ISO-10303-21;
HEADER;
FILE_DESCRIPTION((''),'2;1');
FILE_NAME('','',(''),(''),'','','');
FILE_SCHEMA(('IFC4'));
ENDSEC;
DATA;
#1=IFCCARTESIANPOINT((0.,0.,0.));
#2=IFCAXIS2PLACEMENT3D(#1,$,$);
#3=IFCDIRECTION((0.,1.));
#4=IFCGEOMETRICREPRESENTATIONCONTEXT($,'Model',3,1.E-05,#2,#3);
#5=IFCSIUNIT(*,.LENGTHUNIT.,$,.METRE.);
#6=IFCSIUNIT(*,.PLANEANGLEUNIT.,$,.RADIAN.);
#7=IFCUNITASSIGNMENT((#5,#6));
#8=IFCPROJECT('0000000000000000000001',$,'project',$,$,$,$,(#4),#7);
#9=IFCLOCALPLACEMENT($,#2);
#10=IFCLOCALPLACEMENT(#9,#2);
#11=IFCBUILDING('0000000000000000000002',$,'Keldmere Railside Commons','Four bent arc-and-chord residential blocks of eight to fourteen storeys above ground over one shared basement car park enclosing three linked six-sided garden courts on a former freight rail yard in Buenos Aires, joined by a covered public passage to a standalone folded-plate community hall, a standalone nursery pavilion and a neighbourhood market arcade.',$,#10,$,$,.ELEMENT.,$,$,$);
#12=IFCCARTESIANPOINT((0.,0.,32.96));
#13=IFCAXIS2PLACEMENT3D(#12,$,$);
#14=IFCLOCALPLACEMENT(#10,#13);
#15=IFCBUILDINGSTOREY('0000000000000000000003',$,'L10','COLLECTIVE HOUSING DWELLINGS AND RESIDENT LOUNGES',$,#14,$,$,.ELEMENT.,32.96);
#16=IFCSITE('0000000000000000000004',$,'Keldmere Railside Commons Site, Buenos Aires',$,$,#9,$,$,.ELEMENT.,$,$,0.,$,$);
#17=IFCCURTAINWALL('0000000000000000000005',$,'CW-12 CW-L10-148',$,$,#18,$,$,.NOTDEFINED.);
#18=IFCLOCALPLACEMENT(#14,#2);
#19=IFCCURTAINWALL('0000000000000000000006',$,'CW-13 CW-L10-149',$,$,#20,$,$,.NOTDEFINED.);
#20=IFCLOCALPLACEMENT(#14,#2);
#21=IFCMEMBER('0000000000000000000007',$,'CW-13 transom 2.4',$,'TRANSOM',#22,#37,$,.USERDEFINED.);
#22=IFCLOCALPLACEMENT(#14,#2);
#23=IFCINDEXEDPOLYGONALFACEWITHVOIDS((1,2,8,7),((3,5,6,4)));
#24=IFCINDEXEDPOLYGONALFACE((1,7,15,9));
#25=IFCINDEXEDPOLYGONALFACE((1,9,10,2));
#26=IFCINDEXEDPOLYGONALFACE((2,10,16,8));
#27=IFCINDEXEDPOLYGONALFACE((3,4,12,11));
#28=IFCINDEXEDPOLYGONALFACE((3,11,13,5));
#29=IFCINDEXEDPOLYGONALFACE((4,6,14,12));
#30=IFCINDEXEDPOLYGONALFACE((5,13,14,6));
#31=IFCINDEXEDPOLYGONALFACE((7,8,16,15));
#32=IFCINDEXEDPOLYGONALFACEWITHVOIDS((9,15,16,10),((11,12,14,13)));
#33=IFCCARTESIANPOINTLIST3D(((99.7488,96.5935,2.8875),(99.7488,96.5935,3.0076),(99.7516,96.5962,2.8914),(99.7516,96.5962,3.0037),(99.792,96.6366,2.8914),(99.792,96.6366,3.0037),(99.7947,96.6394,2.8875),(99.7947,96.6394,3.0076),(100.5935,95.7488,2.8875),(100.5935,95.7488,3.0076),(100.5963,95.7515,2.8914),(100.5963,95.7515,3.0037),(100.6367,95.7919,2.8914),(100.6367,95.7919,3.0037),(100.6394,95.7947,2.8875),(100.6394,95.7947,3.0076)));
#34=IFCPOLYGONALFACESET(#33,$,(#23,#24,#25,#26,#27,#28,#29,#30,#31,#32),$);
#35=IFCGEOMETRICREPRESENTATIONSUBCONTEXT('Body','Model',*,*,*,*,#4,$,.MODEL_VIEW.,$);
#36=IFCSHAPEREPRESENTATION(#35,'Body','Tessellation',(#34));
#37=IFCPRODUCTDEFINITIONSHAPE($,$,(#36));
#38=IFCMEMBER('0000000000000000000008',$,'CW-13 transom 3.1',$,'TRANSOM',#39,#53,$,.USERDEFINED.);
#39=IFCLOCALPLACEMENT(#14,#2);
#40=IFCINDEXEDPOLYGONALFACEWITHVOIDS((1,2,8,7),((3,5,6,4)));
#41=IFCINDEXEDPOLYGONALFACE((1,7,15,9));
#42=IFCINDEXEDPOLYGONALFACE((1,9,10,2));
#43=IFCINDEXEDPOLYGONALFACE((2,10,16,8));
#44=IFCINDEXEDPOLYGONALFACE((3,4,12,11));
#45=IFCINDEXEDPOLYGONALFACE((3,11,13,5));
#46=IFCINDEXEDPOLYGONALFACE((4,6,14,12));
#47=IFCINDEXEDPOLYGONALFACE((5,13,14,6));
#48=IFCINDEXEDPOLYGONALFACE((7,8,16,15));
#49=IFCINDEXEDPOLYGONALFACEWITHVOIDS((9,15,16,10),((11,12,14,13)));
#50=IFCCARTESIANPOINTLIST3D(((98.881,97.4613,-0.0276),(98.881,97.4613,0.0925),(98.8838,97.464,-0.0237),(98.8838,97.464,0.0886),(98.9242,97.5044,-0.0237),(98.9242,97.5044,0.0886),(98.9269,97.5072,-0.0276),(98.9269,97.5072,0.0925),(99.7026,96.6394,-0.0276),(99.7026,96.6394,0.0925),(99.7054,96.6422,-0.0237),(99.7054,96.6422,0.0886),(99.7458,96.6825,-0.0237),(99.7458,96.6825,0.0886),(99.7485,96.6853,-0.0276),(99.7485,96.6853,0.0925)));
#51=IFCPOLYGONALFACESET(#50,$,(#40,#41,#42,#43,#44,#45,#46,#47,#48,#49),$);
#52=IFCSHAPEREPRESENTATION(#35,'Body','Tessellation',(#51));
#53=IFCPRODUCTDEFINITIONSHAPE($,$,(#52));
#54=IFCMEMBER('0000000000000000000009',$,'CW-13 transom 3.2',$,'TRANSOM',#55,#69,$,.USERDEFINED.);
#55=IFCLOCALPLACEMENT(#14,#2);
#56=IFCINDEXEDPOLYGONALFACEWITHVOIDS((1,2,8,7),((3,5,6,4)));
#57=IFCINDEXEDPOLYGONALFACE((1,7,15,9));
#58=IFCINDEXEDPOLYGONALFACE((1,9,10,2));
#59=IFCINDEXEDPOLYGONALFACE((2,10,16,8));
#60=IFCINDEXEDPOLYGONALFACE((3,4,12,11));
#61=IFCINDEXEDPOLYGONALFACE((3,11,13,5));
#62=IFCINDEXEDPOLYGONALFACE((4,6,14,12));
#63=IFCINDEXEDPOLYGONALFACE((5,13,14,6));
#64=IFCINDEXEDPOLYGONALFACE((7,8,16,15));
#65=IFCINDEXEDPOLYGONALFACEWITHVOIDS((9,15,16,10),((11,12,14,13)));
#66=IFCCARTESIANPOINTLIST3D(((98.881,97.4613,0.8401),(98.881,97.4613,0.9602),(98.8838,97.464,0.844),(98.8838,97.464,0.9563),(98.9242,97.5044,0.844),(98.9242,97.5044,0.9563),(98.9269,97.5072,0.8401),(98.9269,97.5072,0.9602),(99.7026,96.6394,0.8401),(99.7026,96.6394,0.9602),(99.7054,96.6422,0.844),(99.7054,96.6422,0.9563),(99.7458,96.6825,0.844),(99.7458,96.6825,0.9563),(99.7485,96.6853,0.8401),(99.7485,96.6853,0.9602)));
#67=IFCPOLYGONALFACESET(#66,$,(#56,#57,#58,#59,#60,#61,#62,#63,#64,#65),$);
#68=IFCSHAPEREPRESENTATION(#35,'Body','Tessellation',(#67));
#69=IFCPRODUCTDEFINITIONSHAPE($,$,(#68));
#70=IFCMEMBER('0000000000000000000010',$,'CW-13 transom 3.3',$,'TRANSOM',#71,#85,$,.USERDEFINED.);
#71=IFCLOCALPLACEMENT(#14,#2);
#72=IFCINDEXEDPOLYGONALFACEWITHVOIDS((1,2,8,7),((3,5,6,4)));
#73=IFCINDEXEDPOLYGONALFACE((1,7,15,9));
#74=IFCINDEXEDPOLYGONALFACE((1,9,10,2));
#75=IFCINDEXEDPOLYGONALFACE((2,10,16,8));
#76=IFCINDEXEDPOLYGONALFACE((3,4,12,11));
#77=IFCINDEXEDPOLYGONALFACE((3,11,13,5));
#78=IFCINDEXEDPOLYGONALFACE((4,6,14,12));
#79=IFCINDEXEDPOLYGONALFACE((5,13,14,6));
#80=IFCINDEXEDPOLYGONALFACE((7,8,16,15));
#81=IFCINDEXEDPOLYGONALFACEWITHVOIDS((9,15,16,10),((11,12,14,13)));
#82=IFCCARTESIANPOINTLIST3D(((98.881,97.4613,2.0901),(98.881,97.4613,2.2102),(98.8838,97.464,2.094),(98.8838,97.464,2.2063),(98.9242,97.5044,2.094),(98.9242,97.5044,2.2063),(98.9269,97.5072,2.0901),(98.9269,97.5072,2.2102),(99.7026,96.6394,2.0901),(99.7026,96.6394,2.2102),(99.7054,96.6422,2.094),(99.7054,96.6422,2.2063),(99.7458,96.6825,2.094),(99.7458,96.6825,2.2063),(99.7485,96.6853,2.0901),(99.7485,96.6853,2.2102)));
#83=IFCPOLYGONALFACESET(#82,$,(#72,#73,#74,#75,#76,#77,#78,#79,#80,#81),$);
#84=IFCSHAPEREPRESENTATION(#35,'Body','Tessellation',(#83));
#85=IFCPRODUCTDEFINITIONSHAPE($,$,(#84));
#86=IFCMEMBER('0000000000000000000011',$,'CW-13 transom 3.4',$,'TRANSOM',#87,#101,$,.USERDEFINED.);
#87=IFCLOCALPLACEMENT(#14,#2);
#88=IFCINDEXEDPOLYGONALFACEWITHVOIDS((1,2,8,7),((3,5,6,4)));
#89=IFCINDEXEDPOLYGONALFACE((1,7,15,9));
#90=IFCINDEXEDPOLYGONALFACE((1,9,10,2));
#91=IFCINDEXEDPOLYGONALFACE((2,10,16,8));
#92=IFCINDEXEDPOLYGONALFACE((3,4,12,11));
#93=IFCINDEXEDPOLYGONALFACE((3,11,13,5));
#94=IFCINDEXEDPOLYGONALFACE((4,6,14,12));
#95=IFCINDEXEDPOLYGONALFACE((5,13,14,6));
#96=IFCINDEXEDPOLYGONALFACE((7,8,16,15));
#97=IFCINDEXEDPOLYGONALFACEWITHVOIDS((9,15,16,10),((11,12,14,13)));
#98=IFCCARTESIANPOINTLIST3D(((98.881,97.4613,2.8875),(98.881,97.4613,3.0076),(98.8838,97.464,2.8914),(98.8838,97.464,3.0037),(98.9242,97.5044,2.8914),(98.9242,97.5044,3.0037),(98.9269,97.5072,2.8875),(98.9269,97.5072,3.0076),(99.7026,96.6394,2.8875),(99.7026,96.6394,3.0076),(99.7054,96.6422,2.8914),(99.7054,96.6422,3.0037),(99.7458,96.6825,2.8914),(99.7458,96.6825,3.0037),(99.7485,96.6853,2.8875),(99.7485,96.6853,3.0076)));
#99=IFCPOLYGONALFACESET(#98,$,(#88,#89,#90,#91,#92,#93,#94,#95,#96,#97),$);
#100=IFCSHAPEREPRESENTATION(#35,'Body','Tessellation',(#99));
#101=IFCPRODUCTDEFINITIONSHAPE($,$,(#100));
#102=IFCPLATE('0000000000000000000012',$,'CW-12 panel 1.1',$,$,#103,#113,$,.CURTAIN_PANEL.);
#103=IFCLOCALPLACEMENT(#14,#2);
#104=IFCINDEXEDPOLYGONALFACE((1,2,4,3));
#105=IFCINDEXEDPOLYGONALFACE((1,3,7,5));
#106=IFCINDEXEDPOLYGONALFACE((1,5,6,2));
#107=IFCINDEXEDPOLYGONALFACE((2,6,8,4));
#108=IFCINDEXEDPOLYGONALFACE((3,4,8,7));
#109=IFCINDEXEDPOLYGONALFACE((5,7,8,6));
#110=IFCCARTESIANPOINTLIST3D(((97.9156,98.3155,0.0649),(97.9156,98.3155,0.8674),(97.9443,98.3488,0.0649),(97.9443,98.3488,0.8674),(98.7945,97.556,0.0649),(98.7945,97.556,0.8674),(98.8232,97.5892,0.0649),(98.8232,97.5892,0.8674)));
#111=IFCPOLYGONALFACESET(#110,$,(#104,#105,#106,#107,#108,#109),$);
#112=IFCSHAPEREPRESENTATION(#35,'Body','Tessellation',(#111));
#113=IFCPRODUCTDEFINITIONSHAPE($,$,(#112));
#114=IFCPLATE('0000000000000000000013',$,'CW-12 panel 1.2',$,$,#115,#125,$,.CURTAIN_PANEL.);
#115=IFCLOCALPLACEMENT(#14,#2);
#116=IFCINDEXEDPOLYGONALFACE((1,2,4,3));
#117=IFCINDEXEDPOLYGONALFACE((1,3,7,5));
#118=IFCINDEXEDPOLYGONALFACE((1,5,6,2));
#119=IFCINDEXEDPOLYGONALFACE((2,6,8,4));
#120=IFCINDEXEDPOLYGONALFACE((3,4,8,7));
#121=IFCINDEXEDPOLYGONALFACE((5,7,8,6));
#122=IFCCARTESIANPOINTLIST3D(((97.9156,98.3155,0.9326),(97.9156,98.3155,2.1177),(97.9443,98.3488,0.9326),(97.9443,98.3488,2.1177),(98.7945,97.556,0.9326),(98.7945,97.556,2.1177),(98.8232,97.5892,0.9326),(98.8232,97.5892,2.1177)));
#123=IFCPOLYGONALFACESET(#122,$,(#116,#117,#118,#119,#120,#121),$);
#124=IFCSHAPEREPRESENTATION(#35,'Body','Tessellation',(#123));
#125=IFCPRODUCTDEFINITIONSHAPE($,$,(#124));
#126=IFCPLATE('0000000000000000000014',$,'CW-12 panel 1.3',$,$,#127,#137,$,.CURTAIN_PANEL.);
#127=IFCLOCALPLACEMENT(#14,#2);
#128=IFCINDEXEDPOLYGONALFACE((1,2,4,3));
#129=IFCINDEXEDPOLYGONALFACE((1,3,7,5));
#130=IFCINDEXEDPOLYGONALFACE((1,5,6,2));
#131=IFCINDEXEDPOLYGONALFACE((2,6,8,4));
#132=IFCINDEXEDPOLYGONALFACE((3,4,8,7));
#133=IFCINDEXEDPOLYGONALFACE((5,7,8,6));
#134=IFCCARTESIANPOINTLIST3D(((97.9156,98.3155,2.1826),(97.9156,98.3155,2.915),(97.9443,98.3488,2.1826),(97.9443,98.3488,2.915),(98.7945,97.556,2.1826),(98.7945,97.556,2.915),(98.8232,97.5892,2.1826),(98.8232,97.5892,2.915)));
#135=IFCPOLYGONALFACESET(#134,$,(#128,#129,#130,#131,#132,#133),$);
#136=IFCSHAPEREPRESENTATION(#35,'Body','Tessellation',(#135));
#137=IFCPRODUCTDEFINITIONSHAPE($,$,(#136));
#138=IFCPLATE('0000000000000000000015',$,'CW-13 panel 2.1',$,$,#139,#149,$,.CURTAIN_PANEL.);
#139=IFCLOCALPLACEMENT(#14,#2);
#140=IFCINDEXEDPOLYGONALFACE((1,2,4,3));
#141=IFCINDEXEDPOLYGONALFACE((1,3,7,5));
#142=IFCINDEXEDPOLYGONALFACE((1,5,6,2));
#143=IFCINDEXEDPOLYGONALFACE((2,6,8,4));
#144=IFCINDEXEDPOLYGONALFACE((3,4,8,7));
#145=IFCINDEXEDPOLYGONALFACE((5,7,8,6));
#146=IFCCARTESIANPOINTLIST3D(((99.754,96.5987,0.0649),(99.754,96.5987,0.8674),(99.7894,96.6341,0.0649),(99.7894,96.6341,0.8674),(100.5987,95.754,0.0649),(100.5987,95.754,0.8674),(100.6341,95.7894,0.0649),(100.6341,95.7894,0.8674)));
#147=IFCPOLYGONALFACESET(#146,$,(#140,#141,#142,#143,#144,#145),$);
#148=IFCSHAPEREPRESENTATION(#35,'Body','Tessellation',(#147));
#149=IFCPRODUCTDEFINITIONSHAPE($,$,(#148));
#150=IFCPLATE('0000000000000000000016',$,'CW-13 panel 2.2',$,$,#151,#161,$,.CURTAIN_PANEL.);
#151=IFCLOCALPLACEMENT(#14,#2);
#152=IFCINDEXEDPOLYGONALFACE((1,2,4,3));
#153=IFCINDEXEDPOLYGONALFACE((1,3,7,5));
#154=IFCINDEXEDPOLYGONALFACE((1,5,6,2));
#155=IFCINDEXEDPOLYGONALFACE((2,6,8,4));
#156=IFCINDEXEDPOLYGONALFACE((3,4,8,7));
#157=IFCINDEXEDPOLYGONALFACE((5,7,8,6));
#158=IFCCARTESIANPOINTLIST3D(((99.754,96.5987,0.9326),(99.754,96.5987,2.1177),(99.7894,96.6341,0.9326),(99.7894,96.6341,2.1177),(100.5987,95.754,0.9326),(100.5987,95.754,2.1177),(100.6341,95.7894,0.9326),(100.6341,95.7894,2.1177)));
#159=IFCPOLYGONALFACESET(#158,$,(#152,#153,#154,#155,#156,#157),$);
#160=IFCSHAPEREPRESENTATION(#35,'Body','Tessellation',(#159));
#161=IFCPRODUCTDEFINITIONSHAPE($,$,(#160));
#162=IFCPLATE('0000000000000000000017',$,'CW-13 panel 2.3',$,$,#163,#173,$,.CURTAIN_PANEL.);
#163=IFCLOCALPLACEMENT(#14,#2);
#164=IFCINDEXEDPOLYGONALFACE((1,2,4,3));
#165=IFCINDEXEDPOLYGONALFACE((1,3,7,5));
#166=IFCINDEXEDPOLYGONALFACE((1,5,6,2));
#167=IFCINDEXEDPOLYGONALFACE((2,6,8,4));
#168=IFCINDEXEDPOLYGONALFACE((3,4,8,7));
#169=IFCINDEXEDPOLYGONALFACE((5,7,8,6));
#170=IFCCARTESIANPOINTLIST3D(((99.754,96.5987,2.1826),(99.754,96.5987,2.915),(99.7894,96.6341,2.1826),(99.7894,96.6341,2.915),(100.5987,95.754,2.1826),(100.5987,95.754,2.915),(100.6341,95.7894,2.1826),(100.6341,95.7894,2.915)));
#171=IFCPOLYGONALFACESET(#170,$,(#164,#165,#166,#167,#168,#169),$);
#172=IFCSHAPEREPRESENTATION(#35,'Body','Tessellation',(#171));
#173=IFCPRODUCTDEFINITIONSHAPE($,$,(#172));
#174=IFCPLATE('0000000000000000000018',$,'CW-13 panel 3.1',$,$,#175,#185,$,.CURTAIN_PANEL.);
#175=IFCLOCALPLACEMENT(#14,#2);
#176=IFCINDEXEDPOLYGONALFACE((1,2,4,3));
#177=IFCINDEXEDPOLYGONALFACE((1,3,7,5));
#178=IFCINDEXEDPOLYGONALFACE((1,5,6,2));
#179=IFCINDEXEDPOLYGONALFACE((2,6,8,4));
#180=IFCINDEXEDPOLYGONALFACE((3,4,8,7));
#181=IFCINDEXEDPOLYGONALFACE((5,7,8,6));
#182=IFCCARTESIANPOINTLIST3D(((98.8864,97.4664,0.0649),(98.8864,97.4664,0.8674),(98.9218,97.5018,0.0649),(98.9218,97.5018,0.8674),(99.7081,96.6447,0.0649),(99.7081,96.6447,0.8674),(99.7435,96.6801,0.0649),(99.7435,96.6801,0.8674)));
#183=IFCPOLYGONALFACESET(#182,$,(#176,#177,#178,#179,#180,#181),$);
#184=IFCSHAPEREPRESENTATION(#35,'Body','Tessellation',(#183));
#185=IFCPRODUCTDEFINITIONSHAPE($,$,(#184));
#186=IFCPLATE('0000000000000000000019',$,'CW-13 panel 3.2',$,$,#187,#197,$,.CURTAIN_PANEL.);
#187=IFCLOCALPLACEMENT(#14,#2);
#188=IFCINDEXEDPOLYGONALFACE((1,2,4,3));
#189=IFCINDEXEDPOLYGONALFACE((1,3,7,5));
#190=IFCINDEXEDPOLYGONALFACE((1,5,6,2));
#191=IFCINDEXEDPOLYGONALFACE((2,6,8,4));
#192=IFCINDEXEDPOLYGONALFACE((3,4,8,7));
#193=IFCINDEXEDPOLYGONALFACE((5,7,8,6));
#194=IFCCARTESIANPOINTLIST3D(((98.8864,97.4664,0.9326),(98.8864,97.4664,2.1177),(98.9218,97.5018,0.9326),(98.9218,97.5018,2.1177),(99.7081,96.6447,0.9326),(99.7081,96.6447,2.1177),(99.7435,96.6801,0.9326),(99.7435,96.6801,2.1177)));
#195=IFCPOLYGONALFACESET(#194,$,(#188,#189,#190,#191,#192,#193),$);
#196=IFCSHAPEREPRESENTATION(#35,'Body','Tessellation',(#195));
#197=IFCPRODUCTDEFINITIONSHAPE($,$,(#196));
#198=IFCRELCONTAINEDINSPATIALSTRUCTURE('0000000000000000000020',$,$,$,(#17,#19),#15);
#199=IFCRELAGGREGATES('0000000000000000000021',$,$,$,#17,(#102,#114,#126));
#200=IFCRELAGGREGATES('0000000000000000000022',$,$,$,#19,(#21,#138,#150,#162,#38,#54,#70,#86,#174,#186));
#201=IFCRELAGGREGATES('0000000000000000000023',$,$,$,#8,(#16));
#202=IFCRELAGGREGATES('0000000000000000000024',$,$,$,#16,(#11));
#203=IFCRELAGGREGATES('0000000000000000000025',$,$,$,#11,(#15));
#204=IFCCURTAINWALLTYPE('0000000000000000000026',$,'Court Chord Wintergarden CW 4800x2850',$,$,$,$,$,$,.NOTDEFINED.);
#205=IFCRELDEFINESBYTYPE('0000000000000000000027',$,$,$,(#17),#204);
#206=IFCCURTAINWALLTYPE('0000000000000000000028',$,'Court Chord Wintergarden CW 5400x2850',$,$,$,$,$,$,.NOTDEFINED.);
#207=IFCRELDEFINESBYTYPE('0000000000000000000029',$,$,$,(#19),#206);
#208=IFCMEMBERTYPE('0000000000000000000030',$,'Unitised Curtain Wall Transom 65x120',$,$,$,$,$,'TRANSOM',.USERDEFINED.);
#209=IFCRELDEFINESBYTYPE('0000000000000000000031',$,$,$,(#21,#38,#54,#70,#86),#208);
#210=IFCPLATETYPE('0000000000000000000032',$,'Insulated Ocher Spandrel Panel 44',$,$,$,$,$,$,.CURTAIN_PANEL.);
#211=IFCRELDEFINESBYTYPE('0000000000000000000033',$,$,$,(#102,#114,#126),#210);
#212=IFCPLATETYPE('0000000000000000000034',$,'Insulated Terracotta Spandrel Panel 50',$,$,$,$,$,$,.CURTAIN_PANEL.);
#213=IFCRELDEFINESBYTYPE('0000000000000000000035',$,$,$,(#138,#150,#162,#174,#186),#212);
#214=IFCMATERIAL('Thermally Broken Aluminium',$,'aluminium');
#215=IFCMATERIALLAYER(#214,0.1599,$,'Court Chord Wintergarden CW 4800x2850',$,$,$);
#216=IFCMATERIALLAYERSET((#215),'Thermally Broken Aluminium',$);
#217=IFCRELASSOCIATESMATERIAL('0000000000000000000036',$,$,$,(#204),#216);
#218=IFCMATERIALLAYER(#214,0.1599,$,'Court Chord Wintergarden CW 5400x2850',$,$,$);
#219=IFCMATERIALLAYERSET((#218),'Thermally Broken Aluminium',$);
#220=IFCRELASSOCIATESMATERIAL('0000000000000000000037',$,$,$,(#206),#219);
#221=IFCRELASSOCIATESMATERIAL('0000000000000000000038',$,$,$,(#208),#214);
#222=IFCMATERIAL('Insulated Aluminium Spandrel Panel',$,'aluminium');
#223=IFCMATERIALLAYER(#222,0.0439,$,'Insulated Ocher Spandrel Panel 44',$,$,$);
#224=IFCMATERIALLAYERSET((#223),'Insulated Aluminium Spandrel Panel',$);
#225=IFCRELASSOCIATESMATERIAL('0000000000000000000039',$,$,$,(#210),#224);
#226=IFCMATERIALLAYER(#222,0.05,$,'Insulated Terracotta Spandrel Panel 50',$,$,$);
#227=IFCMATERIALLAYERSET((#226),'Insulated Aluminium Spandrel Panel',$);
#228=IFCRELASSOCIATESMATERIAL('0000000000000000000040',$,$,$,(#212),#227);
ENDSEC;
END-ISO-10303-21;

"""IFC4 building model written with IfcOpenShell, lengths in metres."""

from ifc_helpers import new_model, si_unit, direction, frame, origin, origin_2d, place, context, subcontext, project, spatial, rectangle, hollow_rectangle, extrude, material, layer, layer_set, material_profile, profile_set, type_object, element, aggregate, save


model = new_model("IFC4")

# Units and contexts
model_context = context("Model", 3, precision=1e-05, world=origin(), true_north=direction((0.0, 1.0)))
body_context = subcontext(model_context, "Body", "Model", "MODEL_VIEW")
ifc_project = project(units=[si_unit("LENGTHUNIT", "METRE"), si_unit("PLANEANGLEUNIT", "RADIAN")], contexts=[model_context])

# Site, building, storey
site_placement = place(None, origin())
site = spatial("IfcSite", under=ifc_project, at=site_placement, Name="Keldmere Railside Commons Site, Buenos Aires", CompositionType="ELEMENT", RefElevation=0.0)
building_placement = place(site_placement, origin())
building = spatial("IfcBuilding", under=site, at=building_placement, Name="Keldmere Railside Commons", Description="Four bent arc-and-chord residential blocks of eight to fourteen storeys above ground over one shared basement car park enclosing three linked six-sided garden courts on a former freight rail yard in Buenos Aires, joined by a covered public passage to a standalone folded-plate community hall, a standalone nursery pavilion and a neighbourhood market arcade.", CompositionType="ELEMENT")
storey_placement = place(building_placement, frame((0.0, 0.0, 32.96)))
storey = spatial("IfcBuildingStorey", under=building, at=storey_placement, Name="L10", Description="COLLECTIVE HOUSING DWELLINGS AND RESIDENT LOUNGES", CompositionType="ELEMENT", Elevation=32.96)

# Curtain wall
ifc_material_1 = material(Name="Thermally Broken Aluminium", Category="aluminium")
ifc_layer_1 = layer(ifc_material_1, 0.1599, Name="Court Chord Wintergarden CW 4800x2850")
ifc_layer_set_1 = layer_set([ifc_layer_1], Name="Thermally Broken Aluminium")
curtain_wall_type_1 = type_object("IfcCurtainWallType", Name="Court Chord Wintergarden CW 4800x2850", PredefinedType="NOTDEFINED", material=ifc_layer_set_1)
curtain_wall_1_placement = place(storey_placement, origin())
curtain_wall_1 = element("IfcCurtainWall", 1, at=curtain_wall_1_placement, inside=storey, type_object=curtain_wall_type_1, Name="CW-12 CW-L10-148", PredefinedType="NOTDEFINED")

# Curtain wall
ifc_layer_2 = layer(ifc_material_1, 0.1599, Name="Court Chord Wintergarden CW 5400x2850")
ifc_layer_set_2 = layer_set([ifc_layer_2], Name="Thermally Broken Aluminium")
curtain_wall_type_2 = type_object("IfcCurtainWallType", Name="Court Chord Wintergarden CW 5400x2850", PredefinedType="NOTDEFINED", material=ifc_layer_set_2)
curtain_wall_2_placement = place(storey_placement, origin())
curtain_wall_2 = element("IfcCurtainWall", 2, at=curtain_wall_2_placement, inside=storey, type_object=curtain_wall_type_2, Name="CW-13 CW-L10-149", PredefinedType="NOTDEFINED")

# Members
ifc_material_profile_1 = material_profile(ifc_material_1, hollow_rectangle(XDim=0.0649, YDim=0.1201, WallThickness=0.0039, at=origin_2d()), Name="ALU-TRAN-65x120")
ifc_profile_set_1 = profile_set([ifc_material_profile_1], Name="Thermally Broken Aluminium")
member_type_1 = type_object("IfcMemberType", Name="Unitised Curtain Wall Transom 65x120", ElementType="TRANSOM", PredefinedType="USERDEFINED", material=ifc_profile_set_1)
member_1_placement = place(storey_placement, frame((100.6165, 95.7717, 2.9475), z_axis=(-0.707107, 0.707107, 0.0), x_axis=(-0.707107, -0.707107, 0.0)))
member_1 = element("IfcMember", 3, at=member_1_placement, type_object=member_type_1, Name="CW-13 transom 2.4", ObjectType="TRANSOM", PredefinedType="USERDEFINED", context=body_context, shape_type="SweptSolid", body=[
    extrude(hollow_rectangle(XDim=0.0649, YDim=0.1201, WallThickness=0.0039, at=origin_2d()), origin(), (0.0, 0.0, 1.0), 1.1946),
])
member_2_placement = place(storey_placement, frame((99.7256, 96.6624, 0.0325), z_axis=(-0.707002, 0.707212, 0.0), x_axis=(-0.707212, -0.707002, 0.0)))
member_2 = element("IfcMember", 4, at=member_2_placement, type_object=member_type_1, Name="CW-13 transom 3.1", ObjectType="TRANSOM", PredefinedType="USERDEFINED", context=body_context, shape_type="SweptSolid", body=[
    extrude(hollow_rectangle(XDim=0.0649, YDim=0.1201, WallThickness=0.0039, at=origin_2d()), origin(), (0.0, 0.0, 1.0), 1.1621),
])
member_3_placement = place(storey_placement, frame((99.7256, 96.6624, 0.9001), z_axis=(-0.707002, 0.707212, 0.0), x_axis=(-0.707212, -0.707002, 0.0)))
member_3 = element("IfcMember", 5, at=member_3_placement, type_object=member_type_1, Name="CW-13 transom 3.2", ObjectType="TRANSOM", PredefinedType="USERDEFINED", context=body_context, shape_type="SweptSolid", body=[
    extrude(hollow_rectangle(XDim=0.0649, YDim=0.1201, WallThickness=0.0039, at=origin_2d()), origin(), (0.0, 0.0, 1.0), 1.1621),
])
member_4_placement = place(storey_placement, frame((99.7256, 96.6624, 2.1501), z_axis=(-0.707002, 0.707212, 0.0), x_axis=(-0.707212, -0.707002, 0.0)))
member_4 = element("IfcMember", 6, at=member_4_placement, type_object=member_type_1, Name="CW-13 transom 3.3", ObjectType="TRANSOM", PredefinedType="USERDEFINED", context=body_context, shape_type="SweptSolid", body=[
    extrude(hollow_rectangle(XDim=0.0649, YDim=0.1201, WallThickness=0.0039, at=origin_2d()), origin(), (0.0, 0.0, 1.0), 1.1621),
])
member_5_placement = place(storey_placement, frame((99.7256, 96.6624, 2.9475), z_axis=(-0.707002, 0.707212, 0.0), x_axis=(-0.707212, -0.707002, 0.0)))
member_5 = element("IfcMember", 7, at=member_5_placement, type_object=member_type_1, Name="CW-13 transom 3.4", ObjectType="TRANSOM", PredefinedType="USERDEFINED", context=body_context, shape_type="SweptSolid", body=[
    extrude(hollow_rectangle(XDim=0.0649, YDim=0.1201, WallThickness=0.0039, at=origin_2d()), origin(), (0.0, 0.0, 1.0), 1.1621),
])

# Plates
ifc_material_2 = material(Name="Insulated Aluminium Spandrel Panel", Category="aluminium")
ifc_layer_3 = layer(ifc_material_2, 0.0439, Name="Insulated Ocher Spandrel Panel 44")
ifc_layer_set_3 = layer_set([ifc_layer_3], Name="Insulated Aluminium Spandrel Panel")
plate_type_1 = type_object("IfcPlateType", Name="Insulated Ocher Spandrel Panel 44", PredefinedType="CURTAIN_PANEL", material=ifc_layer_set_3)
plate_1_placement = place(storey_placement, frame((98.3694, 97.9524, 0.0649), z_axis=(0.0, 0.0, 1.0), x_axis=(-0.756597, 0.653882, 0.0)))
plate_1 = element("IfcPlate", 8, at=plate_1_placement, type_object=plate_type_1, Name="CW-12 panel 1.1", PredefinedType="CURTAIN_PANEL", context=body_context, shape_type="SweptSolid", body=[
    extrude(rectangle(XDim=1.1616, YDim=0.0439, at=origin_2d()), origin(), (0.0, 0.0, 1.0), 0.8025),
])
plate_2_placement = place(storey_placement, frame((98.3694, 97.9524, 0.9326), z_axis=(0.0, 0.0, 1.0), x_axis=(-0.756597, 0.653882, 0.0)))
plate_2 = element("IfcPlate", 9, at=plate_2_placement, type_object=plate_type_1, Name="CW-12 panel 1.2", PredefinedType="CURTAIN_PANEL", context=body_context, shape_type="SweptSolid", body=[
    extrude(rectangle(XDim=1.1616, YDim=0.0439, at=origin_2d()), origin(), (0.0, 0.0, 1.0), 1.1851),
])
plate_3_placement = place(storey_placement, frame((98.3694, 97.9524, 2.1826), z_axis=(0.0, 0.0, 1.0), x_axis=(-0.756597, 0.653882, 0.0)))
plate_3 = element("IfcPlate", 10, at=plate_3_placement, type_object=plate_type_1, Name="CW-12 panel 1.3", PredefinedType="CURTAIN_PANEL", context=body_context, shape_type="SweptSolid", body=[
    extrude(rectangle(XDim=1.1616, YDim=0.0439, at=origin_2d()), origin(), (0.0, 0.0, 1.0), 0.7324),
])
aggregate(curtain_wall_1, [plate_1, plate_2, plate_3])
ifc_layer_4 = layer(ifc_material_2, 0.05, Name="Insulated Terracotta Spandrel Panel 50")
ifc_layer_set_4 = layer_set([ifc_layer_4], Name="Insulated Aluminium Spandrel Panel")
plate_type_2 = type_object("IfcPlateType", Name="Insulated Terracotta Spandrel Panel 50", PredefinedType="CURTAIN_PANEL", material=ifc_layer_set_4)
plate_4_placement = place(storey_placement, frame((100.1941, 96.1941, 0.0649), z_axis=(0.0, 0.0, 1.0), x_axis=(-0.707107, 0.707107, 0.0)))
plate_4 = element("IfcPlate", 11, at=plate_4_placement, type_object=plate_type_2, Name="CW-13 panel 2.1", PredefinedType="CURTAIN_PANEL", context=body_context, shape_type="SweptSolid", body=[
    extrude(rectangle(XDim=1.1946, YDim=0.05, at=origin_2d()), origin(), (0.0, 0.0, 1.0), 0.8025),
])
plate_5_placement = place(storey_placement, frame((100.1941, 96.1941, 0.9326), z_axis=(0.0, 0.0, 1.0), x_axis=(-0.707107, 0.707107, 0.0)))
plate_5 = element("IfcPlate", 12, at=plate_5_placement, type_object=plate_type_2, Name="CW-13 panel 2.2", PredefinedType="CURTAIN_PANEL", context=body_context, shape_type="SweptSolid", body=[
    extrude(rectangle(XDim=1.1946, YDim=0.05, at=origin_2d()), origin(), (0.0, 0.0, 1.0), 1.1851),
])
plate_6_placement = place(storey_placement, frame((100.1941, 96.1941, 2.1826), z_axis=(0.0, 0.0, 1.0), x_axis=(-0.707107, 0.707107, 0.0)))
plate_6 = element("IfcPlate", 13, at=plate_6_placement, type_object=plate_type_2, Name="CW-13 panel 2.3", PredefinedType="CURTAIN_PANEL", context=body_context, shape_type="SweptSolid", body=[
    extrude(rectangle(XDim=1.1946, YDim=0.05, at=origin_2d()), origin(), (0.0, 0.0, 1.0), 0.7324),
])
plate_7_placement = place(storey_placement, frame((99.3149, 97.0732, 0.0649), z_axis=(0.0, 0.0, 1.0), x_axis=(-0.707107, 0.707107, 0.0)))
plate_7 = element("IfcPlate", 14, at=plate_7_placement, type_object=plate_type_2, Name="CW-13 panel 3.1", PredefinedType="CURTAIN_PANEL", context=body_context, shape_type="SweptSolid", body=[
    extrude(rectangle(XDim=1.1621, YDim=0.05, at=origin_2d()), origin(), (0.0, 0.0, 1.0), 0.8025),
])
plate_8_placement = place(storey_placement, frame((99.3149, 97.0732, 0.9326), z_axis=(0.0, 0.0, 1.0), x_axis=(-0.707107, 0.707107, 0.0)))
plate_8 = element("IfcPlate", 15, at=plate_8_placement, type_object=plate_type_2, Name="CW-13 panel 3.2", PredefinedType="CURTAIN_PANEL", context=body_context, shape_type="SweptSolid", body=[
    extrude(rectangle(XDim=1.1621, YDim=0.05, at=origin_2d()), origin(), (0.0, 0.0, 1.0), 1.1851),
])
aggregate(curtain_wall_2, [member_1, plate_4, plate_5, plate_6, member_2, member_3, member_4, member_5, plate_7, plate_8])

save(model, "model.ifc")
